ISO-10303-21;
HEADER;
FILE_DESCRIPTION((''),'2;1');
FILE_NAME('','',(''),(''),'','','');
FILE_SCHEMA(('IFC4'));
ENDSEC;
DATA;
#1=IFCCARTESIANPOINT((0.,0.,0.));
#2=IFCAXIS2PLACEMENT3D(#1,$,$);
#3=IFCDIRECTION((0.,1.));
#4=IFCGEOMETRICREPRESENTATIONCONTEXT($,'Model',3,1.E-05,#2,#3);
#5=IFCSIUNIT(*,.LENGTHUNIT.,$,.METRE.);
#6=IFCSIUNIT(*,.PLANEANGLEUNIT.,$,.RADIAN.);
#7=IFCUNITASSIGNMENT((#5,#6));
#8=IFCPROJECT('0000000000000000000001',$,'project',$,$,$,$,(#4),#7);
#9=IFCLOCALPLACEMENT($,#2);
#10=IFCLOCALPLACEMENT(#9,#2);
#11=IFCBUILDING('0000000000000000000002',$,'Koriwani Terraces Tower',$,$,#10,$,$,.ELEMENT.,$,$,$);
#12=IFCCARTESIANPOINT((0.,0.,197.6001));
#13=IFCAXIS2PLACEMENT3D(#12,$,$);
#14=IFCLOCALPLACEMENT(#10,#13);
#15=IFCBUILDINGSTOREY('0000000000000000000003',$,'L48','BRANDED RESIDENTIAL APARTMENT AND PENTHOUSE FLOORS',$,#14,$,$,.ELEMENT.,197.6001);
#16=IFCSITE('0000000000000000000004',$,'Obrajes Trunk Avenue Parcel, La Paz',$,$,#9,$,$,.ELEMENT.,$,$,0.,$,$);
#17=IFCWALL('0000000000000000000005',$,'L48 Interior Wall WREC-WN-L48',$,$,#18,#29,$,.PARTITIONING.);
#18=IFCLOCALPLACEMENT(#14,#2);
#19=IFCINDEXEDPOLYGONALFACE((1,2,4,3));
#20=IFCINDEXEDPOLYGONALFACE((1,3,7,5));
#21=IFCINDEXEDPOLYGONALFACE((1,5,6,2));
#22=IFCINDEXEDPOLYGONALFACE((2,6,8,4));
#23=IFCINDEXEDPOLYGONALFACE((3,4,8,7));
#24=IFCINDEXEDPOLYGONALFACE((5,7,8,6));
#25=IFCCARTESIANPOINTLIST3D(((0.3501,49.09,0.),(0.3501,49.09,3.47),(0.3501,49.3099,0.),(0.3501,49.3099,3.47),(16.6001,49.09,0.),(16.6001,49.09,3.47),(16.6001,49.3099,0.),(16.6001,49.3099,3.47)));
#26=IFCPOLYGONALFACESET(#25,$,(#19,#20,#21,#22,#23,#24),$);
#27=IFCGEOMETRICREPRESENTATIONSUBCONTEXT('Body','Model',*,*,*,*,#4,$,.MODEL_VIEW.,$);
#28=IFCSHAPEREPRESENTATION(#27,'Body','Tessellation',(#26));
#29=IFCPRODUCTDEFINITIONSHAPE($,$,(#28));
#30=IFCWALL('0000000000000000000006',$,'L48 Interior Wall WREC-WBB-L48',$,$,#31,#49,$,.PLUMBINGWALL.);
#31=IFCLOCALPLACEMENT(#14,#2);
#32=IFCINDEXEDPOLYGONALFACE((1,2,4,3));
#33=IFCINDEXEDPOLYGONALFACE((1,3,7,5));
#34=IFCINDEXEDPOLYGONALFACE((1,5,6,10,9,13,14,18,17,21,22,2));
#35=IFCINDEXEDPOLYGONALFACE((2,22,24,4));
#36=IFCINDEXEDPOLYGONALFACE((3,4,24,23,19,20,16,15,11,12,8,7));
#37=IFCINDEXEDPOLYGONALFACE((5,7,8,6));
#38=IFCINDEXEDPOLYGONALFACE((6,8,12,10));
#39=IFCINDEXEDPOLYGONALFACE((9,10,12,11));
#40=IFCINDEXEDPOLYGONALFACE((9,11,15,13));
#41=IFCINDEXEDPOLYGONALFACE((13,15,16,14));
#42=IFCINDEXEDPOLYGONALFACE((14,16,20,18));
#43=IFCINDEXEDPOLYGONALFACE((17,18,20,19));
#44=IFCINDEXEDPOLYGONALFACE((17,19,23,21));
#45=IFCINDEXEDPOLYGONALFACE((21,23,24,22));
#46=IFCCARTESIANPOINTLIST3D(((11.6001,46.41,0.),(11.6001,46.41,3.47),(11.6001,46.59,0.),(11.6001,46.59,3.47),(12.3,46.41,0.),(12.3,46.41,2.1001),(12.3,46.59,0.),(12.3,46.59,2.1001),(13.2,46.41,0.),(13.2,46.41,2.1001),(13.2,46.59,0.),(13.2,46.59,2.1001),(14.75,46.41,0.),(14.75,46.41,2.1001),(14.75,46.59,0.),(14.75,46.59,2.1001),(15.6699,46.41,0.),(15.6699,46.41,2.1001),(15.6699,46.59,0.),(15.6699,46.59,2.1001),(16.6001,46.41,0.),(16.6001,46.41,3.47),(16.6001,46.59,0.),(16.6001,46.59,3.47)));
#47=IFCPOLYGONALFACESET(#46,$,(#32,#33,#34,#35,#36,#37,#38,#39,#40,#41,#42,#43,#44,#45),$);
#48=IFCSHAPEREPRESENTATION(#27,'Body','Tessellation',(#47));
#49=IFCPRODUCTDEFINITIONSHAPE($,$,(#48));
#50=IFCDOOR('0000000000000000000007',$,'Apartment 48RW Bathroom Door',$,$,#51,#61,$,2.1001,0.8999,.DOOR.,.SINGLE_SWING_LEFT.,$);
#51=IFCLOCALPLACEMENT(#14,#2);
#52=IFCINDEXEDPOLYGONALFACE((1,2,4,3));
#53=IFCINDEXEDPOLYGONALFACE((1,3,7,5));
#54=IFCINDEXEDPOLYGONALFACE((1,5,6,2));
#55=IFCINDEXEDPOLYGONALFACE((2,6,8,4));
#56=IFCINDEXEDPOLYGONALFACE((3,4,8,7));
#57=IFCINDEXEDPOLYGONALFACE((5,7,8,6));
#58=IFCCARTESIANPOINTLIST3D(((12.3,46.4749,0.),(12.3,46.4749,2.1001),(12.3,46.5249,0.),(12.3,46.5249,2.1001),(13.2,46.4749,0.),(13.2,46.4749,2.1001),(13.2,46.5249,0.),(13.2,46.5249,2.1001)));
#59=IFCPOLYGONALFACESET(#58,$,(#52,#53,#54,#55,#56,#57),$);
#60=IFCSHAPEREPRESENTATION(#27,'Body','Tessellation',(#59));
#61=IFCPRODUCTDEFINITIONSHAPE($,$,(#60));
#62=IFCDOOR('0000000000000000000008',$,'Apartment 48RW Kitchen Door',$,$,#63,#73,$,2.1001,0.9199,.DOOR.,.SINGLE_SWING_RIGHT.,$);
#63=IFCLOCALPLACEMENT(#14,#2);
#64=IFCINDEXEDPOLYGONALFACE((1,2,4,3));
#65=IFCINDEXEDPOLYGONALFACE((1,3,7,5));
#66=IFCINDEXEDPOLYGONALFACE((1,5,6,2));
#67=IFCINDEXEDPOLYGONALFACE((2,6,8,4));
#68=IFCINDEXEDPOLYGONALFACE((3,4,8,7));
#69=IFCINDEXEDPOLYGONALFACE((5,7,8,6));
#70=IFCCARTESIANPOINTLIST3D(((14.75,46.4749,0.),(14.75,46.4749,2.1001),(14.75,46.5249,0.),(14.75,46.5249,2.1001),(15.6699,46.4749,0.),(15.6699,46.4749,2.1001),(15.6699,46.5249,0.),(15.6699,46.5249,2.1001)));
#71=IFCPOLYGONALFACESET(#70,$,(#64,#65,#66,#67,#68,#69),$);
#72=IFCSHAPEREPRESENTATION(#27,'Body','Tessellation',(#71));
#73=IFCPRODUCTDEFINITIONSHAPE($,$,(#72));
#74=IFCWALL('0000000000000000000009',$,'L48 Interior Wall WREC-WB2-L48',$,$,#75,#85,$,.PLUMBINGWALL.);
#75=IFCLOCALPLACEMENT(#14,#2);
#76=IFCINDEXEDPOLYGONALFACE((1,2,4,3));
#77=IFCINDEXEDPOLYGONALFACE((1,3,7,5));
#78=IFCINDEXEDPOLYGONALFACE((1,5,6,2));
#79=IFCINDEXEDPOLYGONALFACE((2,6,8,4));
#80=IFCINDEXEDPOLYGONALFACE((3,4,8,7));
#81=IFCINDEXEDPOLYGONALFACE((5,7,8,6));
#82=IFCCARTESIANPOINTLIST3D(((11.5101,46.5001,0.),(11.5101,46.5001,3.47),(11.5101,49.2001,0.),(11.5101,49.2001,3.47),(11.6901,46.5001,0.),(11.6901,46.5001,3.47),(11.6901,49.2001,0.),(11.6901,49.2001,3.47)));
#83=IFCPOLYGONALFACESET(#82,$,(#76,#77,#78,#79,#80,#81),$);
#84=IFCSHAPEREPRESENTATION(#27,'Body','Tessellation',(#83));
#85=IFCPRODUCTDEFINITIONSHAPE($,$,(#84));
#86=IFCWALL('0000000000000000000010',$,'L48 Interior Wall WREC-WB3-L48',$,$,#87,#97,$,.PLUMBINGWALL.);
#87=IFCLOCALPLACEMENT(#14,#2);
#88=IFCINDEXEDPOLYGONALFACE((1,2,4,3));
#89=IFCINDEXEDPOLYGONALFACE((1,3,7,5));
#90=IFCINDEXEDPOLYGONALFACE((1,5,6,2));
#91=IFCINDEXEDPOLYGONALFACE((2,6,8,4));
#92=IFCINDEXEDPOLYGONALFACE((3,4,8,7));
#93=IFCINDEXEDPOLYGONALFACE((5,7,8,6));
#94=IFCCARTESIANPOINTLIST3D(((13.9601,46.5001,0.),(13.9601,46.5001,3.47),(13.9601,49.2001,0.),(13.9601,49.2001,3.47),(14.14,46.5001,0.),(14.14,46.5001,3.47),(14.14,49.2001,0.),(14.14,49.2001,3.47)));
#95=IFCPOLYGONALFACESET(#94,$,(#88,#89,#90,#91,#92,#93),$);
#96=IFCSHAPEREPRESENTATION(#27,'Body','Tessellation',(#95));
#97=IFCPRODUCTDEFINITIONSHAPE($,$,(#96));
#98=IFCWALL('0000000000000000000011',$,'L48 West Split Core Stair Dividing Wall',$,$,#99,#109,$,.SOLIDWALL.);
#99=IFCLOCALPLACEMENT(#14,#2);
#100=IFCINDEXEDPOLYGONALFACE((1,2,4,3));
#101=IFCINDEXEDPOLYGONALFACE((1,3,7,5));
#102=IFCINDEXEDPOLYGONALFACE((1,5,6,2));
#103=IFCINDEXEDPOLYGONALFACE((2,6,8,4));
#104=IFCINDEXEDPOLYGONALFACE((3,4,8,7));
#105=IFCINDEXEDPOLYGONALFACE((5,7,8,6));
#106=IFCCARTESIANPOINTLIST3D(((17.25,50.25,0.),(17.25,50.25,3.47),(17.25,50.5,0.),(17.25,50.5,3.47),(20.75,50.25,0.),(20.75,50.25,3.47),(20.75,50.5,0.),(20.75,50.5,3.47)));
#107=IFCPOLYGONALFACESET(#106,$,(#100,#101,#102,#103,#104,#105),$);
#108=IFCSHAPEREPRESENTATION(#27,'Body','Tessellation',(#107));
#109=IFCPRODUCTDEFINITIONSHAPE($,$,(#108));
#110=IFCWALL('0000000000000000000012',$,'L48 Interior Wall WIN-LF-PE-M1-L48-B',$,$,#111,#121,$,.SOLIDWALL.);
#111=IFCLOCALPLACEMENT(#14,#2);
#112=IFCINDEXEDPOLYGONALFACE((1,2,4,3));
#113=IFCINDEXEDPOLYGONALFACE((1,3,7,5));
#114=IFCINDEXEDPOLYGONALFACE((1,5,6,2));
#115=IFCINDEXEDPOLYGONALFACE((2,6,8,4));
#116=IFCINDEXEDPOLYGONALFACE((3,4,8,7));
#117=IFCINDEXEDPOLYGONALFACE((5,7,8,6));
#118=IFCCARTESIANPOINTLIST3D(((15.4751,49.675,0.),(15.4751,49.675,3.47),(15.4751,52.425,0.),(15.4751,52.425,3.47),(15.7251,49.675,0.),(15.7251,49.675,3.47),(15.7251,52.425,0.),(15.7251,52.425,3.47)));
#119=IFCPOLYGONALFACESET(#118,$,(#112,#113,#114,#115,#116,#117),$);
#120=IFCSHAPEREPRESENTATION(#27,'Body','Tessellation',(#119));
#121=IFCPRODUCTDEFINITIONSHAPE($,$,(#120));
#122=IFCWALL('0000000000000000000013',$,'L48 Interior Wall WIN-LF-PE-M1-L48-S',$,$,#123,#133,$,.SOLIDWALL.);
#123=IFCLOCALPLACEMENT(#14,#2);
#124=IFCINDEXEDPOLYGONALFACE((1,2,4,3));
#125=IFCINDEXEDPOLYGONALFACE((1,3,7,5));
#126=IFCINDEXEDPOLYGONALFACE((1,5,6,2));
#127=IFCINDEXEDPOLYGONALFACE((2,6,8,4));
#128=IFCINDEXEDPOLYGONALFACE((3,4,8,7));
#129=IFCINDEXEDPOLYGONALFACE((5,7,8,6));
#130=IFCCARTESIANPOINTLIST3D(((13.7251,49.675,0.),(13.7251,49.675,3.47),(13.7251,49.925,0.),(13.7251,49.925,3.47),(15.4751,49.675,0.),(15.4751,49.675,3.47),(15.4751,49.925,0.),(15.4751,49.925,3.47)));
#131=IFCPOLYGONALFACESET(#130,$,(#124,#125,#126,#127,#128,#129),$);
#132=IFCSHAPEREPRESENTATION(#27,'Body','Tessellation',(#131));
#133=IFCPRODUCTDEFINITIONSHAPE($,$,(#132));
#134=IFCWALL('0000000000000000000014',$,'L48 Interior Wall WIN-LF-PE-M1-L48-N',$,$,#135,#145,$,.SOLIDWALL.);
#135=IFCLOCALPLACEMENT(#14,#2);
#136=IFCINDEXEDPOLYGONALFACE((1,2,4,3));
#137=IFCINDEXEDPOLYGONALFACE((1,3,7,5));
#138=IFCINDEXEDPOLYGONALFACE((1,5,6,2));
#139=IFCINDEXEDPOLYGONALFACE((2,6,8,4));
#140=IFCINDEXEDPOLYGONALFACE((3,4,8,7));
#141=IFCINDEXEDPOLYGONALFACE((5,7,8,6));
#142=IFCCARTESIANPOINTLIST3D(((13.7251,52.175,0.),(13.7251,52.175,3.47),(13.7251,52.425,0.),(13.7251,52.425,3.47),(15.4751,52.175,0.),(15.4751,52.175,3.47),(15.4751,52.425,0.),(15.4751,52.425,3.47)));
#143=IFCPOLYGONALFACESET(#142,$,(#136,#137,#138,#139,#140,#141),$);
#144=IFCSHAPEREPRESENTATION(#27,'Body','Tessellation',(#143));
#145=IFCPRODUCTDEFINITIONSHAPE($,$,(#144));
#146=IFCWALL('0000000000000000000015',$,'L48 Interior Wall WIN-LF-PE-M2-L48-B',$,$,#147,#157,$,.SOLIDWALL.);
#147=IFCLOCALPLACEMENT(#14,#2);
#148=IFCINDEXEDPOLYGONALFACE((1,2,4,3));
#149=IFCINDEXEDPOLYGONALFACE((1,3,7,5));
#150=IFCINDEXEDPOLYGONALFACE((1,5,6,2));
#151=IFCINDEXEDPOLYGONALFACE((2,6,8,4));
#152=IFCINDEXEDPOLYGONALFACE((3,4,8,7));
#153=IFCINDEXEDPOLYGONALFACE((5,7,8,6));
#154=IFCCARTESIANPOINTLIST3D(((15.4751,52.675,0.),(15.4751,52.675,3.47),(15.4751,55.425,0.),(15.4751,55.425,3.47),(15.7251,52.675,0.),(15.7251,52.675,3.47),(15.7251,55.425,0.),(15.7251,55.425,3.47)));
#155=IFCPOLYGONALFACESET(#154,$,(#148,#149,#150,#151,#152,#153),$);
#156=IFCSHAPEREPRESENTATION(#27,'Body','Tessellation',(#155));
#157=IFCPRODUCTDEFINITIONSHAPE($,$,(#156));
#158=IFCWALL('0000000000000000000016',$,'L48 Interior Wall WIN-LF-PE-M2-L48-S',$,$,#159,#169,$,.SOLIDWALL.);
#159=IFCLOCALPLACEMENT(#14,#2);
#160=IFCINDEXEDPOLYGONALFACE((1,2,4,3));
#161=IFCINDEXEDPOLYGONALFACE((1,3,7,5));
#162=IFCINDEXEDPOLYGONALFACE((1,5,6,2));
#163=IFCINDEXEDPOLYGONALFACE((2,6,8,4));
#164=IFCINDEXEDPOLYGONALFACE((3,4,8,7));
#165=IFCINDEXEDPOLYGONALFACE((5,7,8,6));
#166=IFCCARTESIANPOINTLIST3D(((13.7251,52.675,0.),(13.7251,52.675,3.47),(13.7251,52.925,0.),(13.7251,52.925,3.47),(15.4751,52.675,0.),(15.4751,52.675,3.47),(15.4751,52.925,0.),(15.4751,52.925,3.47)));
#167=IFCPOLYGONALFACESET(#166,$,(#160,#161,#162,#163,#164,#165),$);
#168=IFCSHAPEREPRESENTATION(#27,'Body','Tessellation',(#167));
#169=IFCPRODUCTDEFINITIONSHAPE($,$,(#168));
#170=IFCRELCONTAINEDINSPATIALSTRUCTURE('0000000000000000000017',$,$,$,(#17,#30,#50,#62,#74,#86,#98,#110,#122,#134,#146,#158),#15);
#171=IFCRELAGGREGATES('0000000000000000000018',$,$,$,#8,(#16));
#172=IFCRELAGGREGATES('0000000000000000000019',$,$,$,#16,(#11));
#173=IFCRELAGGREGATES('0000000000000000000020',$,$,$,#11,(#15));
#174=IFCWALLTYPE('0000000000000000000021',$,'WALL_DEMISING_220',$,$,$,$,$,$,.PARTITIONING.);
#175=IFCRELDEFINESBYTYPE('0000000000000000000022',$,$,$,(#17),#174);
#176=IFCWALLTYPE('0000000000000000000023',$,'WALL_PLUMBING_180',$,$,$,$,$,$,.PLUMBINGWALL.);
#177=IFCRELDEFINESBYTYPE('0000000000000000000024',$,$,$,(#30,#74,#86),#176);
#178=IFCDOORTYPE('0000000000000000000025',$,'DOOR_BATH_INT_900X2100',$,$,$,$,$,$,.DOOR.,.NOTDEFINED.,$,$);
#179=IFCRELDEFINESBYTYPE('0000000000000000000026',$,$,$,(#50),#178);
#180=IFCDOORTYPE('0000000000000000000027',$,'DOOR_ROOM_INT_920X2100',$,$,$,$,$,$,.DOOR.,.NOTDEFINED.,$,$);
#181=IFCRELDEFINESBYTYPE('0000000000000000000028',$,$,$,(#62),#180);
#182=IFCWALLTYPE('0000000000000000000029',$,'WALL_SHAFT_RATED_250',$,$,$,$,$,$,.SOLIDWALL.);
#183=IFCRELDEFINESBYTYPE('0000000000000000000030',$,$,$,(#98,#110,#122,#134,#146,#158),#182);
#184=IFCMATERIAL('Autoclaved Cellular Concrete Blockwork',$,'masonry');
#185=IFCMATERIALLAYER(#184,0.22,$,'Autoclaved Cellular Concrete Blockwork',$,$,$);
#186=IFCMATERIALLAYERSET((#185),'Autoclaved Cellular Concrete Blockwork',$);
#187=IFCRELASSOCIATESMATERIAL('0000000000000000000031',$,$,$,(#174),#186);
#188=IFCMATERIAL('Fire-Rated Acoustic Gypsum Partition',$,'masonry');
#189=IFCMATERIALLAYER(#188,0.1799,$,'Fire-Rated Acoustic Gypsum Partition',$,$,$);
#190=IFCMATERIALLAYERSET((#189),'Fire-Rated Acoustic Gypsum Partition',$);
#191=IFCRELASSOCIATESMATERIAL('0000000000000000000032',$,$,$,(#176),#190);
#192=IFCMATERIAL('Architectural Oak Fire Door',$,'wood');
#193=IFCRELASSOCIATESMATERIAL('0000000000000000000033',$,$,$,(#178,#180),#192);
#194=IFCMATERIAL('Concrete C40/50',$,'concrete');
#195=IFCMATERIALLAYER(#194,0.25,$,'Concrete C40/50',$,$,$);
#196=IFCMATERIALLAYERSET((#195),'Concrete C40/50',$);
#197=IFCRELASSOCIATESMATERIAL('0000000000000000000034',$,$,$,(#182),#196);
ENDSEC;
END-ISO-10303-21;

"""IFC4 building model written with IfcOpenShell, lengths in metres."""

from ifc_helpers import new_model, si_unit, direction, frame, frame_2d, origin, place, context, subcontext, project, spatial, rectangle, extrude, material, layer, layer_set, type_object, element, fill, save


model = new_model("IFC4")

# Units and contexts
model_context = context("Model", 3, precision=1e-05, world=origin(), true_north=direction((0.0, 1.0)))
body_context = subcontext(model_context, "Body", "Model", "MODEL_VIEW")
ifc_project = project(units=[si_unit("LENGTHUNIT", "METRE"), si_unit("PLANEANGLEUNIT", "RADIAN")], contexts=[model_context])

# Site, building, storey
site_placement = place(None, origin())
site = spatial("IfcSite", under=ifc_project, at=site_placement, Name="Obrajes Trunk Avenue Parcel, La Paz", CompositionType="ELEMENT", RefElevation=0.0)
building_placement = place(site_placement, origin())
building = spatial("IfcBuilding", under=site, at=building_placement, Name="Koriwani Terraces Tower", CompositionType="ELEMENT")
storey_placement = place(building_placement, frame((0.0, 0.0, 197.6001)))
storey = spatial("IfcBuildingStorey", under=building, at=storey_placement, Name="L48", Description="BRANDED RESIDENTIAL APARTMENT AND PENTHOUSE FLOORS", CompositionType="ELEMENT", Elevation=197.6001)

# Shared definitions
ifc_material_1 = material(Name="Concrete C40/50", Category="concrete")

# Wall
ifc_material_2 = material(Name="Autoclaved Cellular Concrete Blockwork", Category="masonry")
ifc_layer_1 = layer(ifc_material_2, 0.22, Name="Autoclaved Cellular Concrete Blockwork")
ifc_layer_set_1 = layer_set([ifc_layer_1], Name="Autoclaved Cellular Concrete Blockwork")
wall_type_1 = type_object("IfcWallType", Name="WALL_DEMISING_220", PredefinedType="PARTITIONING", material=ifc_layer_set_1)
wall_1_placement = place(storey_placement, frame((0.3501, 49.2, 0.0), z_axis=(0.0, 0.0, 1.0), x_axis=(1.0, 0.0, 0.0)))
element("IfcWall", 1, at=wall_1_placement, inside=storey, type_object=wall_type_1, Name="L48 Interior Wall WREC-WN-L48", PredefinedType="PARTITIONING", context=body_context, shape_type="SweptSolid", body=[
    extrude(rectangle(XDim=16.25, YDim=0.22, at=frame_2d((8.125, 0.0))), origin(), (0.0, 0.0, 1.0), 3.47),
])

# Wall, openings, doors
ifc_material_3 = material(Name="Fire-Rated Acoustic Gypsum Partition", Category="masonry")
ifc_layer_2 = layer(ifc_material_3, 0.1799, Name="Fire-Rated Acoustic Gypsum Partition")
ifc_layer_set_2 = layer_set([ifc_layer_2], Name="Fire-Rated Acoustic Gypsum Partition")
wall_type_2 = type_object("IfcWallType", Name="WALL_PLUMBING_180", PredefinedType="PLUMBINGWALL", material=ifc_layer_set_2)
wall_2_placement = place(storey_placement, frame((11.6001, 46.5, 0.0), z_axis=(0.0, 0.0, 1.0), x_axis=(1.0, 0.0, 0.0)))
wall_2 = element("IfcWall", 2, at=wall_2_placement, inside=storey, type_object=wall_type_2, Name="L48 Interior Wall WREC-WBB-L48", PredefinedType="PLUMBINGWALL", context=body_context, shape_type="SweptSolid", body=[
    extrude(rectangle(XDim=5.0, YDim=0.1799, at=frame_2d((2.5, 0.0))), origin(), (0.0, 0.0, 1.0), 3.47),
])
opening_1_placement = place(wall_2_placement, frame((0.7, 0.0, 0.0)))
opening_1 = element("IfcOpeningElement", 3, at=opening_1_placement, cuts=wall_2, PredefinedType="OPENING", context=body_context, shape_type="SweptSolid", body=[
    extrude(rectangle(XDim=0.8999, YDim=2.1001, at=frame_2d((0.45, 1.05))), frame((0.0, 0.1001, 0.0), z_axis=(0.0, -1.0, 0.0), x_axis=(1.0, 0.0, 0.0)), (0.0, 0.0, 1.0), 0.2),
])
opening_2_placement = place(wall_2_placement, frame((3.1499, 0.0, 0.0)))
opening_2 = element("IfcOpeningElement", 4, at=opening_2_placement, cuts=wall_2, PredefinedType="OPENING", context=body_context, shape_type="SweptSolid", body=[
    extrude(rectangle(XDim=0.9199, YDim=2.1001, at=frame_2d((0.46, 1.05))), frame((0.0, 0.1001, 0.0), z_axis=(0.0, -1.0, 0.0), x_axis=(1.0, 0.0, 0.0)), (0.0, 0.0, 1.0), 0.2),
])
ifc_material_4 = material(Name="Architectural Oak Fire Door", Category="wood")
door_type_1 = type_object("IfcDoorType", Name="DOOR_BATH_INT_900X2100", OperationType="NOTDEFINED", PredefinedType="DOOR", material=ifc_material_4)
door_1_placement = place(opening_1_placement, origin())
door_1 = element("IfcDoor", 5, at=door_1_placement, inside=storey, type_object=door_type_1, Name="Apartment 48RW Bathroom Door", OperationType="SINGLE_SWING_LEFT", OverallHeight=2.1001, OverallWidth=0.8999, PredefinedType="DOOR", context=body_context, shape_type="SweptSolid", body=[
    extrude(rectangle(XDim=0.8999, YDim=2.1001, at=frame_2d((0.45, 1.05))), frame((0.0, 0.0249, 0.0), z_axis=(0.0, -1.0, 0.0), x_axis=(1.0, 0.0, 0.0)), (0.0, 0.0, 1.0), 0.05),
])
fill(opening_1, door_1)
door_type_2 = type_object("IfcDoorType", Name="DOOR_ROOM_INT_920X2100", OperationType="NOTDEFINED", PredefinedType="DOOR", material=ifc_material_4)
door_2_placement = place(opening_2_placement, origin())
door_2 = element("IfcDoor", 6, at=door_2_placement, inside=storey, type_object=door_type_2, Name="Apartment 48RW Kitchen Door", OperationType="SINGLE_SWING_RIGHT", OverallHeight=2.1001, OverallWidth=0.9199, PredefinedType="DOOR", context=body_context, shape_type="SweptSolid", body=[
    extrude(rectangle(XDim=0.9199, YDim=2.1001, at=frame_2d((0.46, 1.05))), frame((0.0, 0.0249, 0.0), z_axis=(0.0, -1.0, 0.0), x_axis=(1.0, 0.0, 0.0)), (0.0, 0.0, 1.0), 0.05),
])
fill(opening_2, door_2)

# Walls
for number, where, z_axis, x_axis, name in (
    (7, (11.6001, 46.5, 0.0), (0.0, 0.0, 1.0), (0.0, 1.0, 0.0), "L48 Interior Wall WREC-WB2-L48"),
    (8, (14.05, 46.5, 0.0), (0.0, 0.0, 1.0), (0.0, 1.0, 0.0), "L48 Interior Wall WREC-WB3-L48"),
):
    element("IfcWall", number, at=place(storey_placement, frame(where, z_axis=z_axis, x_axis=x_axis)), inside=storey, type_object=wall_type_2, Name=name, PredefinedType="PLUMBINGWALL", context=body_context, shape_type="SweptSolid", body=[
        extrude(rectangle(XDim=2.7, YDim=0.1799, at=frame_2d((1.3501, 0.0))), origin(), (0.0, 0.0, 1.0), 3.47),
    ])
ifc_layer_3 = layer(ifc_material_1, 0.25, Name="Concrete C40/50")
ifc_layer_set_3 = layer_set([ifc_layer_3], Name="Concrete C40/50")
wall_type_3 = type_object("IfcWallType", Name="WALL_SHAFT_RATED_250", PredefinedType="SOLIDWALL", material=ifc_layer_set_3)
wall_3_placement = place(storey_placement, frame((17.25, 50.375, 0.0), z_axis=(0.0, 0.0, 1.0), x_axis=(1.0, 0.0, 0.0)))
element("IfcWall", 9, at=wall_3_placement, inside=storey, type_object=wall_type_3, Name="L48 West Split Core Stair Dividing Wall", PredefinedType="SOLIDWALL", context=body_context, shape_type="SweptSolid", body=[
    extrude(rectangle(XDim=3.5, YDim=0.25, at=frame_2d((1.75, 0.0))), origin(), (0.0, 0.0, 1.0), 3.47),
])

# Walls
wall_4_placement = place(storey_placement, frame((15.6001, 49.675, 0.0), z_axis=(0.0, 0.0, 1.0), x_axis=(0.0, 1.0, 0.0)))
element("IfcWall", 10, at=wall_4_placement, inside=storey, type_object=wall_type_3, Name="L48 Interior Wall WIN-LF-PE-M1-L48-B", PredefinedType="SOLIDWALL", context=body_context, shape_type="SweptSolid", body=[
    extrude(rectangle(XDim=2.75, YDim=0.25, at=frame_2d((1.375, 0.0))), origin(), (0.0, 0.0, 1.0), 3.47),
])
for number, where, z_axis, x_axis, name in (
    (11, (13.7251, 49.8, 0.0), (0.0, 0.0, 1.0), (1.0, 0.0, 0.0), "L48 Interior Wall WIN-LF-PE-M1-L48-S"),
    (12, (13.7251, 52.3, 0.0), (0.0, 0.0, 1.0), (1.0, 0.0, 0.0), "L48 Interior Wall WIN-LF-PE-M1-L48-N"),
):
    element("IfcWall", number, at=place(storey_placement, frame(where, z_axis=z_axis, x_axis=x_axis)), inside=storey, type_object=wall_type_3, Name=name, PredefinedType="SOLIDWALL", context=body_context, shape_type="SweptSolid", body=[
        extrude(rectangle(XDim=1.75, YDim=0.25, at=frame_2d((0.875, 0.0))), origin(), (0.0, 0.0, 1.0), 3.47),
    ])

# Walls
wall_5_placement = place(storey_placement, frame((15.6001, 52.675, 0.0), z_axis=(0.0, 0.0, 1.0), x_axis=(0.0, 1.0, 0.0)))
element("IfcWall", 13, at=wall_5_placement, inside=storey, type_object=wall_type_3, Name="L48 Interior Wall WIN-LF-PE-M2-L48-B", PredefinedType="SOLIDWALL", context=body_context, shape_type="SweptSolid", body=[
    extrude(rectangle(XDim=2.75, YDim=0.25, at=frame_2d((1.375, 0.0))), origin(), (0.0, 0.0, 1.0), 3.47),
])
wall_6_placement = place(storey_placement, frame((13.7251, 52.8, 0.0), z_axis=(0.0, 0.0, 1.0), x_axis=(1.0, 0.0, 0.0)))
element("IfcWall", 14, at=wall_6_placement, inside=storey, type_object=wall_type_3, Name="L48 Interior Wall WIN-LF-PE-M2-L48-S", PredefinedType="SOLIDWALL", context=body_context, shape_type="SweptSolid", body=[
    extrude(rectangle(XDim=1.75, YDim=0.25, at=frame_2d((0.875, 0.0))), origin(), (0.0, 0.0, 1.0), 3.47),
])

save(model, "model.ifc")
